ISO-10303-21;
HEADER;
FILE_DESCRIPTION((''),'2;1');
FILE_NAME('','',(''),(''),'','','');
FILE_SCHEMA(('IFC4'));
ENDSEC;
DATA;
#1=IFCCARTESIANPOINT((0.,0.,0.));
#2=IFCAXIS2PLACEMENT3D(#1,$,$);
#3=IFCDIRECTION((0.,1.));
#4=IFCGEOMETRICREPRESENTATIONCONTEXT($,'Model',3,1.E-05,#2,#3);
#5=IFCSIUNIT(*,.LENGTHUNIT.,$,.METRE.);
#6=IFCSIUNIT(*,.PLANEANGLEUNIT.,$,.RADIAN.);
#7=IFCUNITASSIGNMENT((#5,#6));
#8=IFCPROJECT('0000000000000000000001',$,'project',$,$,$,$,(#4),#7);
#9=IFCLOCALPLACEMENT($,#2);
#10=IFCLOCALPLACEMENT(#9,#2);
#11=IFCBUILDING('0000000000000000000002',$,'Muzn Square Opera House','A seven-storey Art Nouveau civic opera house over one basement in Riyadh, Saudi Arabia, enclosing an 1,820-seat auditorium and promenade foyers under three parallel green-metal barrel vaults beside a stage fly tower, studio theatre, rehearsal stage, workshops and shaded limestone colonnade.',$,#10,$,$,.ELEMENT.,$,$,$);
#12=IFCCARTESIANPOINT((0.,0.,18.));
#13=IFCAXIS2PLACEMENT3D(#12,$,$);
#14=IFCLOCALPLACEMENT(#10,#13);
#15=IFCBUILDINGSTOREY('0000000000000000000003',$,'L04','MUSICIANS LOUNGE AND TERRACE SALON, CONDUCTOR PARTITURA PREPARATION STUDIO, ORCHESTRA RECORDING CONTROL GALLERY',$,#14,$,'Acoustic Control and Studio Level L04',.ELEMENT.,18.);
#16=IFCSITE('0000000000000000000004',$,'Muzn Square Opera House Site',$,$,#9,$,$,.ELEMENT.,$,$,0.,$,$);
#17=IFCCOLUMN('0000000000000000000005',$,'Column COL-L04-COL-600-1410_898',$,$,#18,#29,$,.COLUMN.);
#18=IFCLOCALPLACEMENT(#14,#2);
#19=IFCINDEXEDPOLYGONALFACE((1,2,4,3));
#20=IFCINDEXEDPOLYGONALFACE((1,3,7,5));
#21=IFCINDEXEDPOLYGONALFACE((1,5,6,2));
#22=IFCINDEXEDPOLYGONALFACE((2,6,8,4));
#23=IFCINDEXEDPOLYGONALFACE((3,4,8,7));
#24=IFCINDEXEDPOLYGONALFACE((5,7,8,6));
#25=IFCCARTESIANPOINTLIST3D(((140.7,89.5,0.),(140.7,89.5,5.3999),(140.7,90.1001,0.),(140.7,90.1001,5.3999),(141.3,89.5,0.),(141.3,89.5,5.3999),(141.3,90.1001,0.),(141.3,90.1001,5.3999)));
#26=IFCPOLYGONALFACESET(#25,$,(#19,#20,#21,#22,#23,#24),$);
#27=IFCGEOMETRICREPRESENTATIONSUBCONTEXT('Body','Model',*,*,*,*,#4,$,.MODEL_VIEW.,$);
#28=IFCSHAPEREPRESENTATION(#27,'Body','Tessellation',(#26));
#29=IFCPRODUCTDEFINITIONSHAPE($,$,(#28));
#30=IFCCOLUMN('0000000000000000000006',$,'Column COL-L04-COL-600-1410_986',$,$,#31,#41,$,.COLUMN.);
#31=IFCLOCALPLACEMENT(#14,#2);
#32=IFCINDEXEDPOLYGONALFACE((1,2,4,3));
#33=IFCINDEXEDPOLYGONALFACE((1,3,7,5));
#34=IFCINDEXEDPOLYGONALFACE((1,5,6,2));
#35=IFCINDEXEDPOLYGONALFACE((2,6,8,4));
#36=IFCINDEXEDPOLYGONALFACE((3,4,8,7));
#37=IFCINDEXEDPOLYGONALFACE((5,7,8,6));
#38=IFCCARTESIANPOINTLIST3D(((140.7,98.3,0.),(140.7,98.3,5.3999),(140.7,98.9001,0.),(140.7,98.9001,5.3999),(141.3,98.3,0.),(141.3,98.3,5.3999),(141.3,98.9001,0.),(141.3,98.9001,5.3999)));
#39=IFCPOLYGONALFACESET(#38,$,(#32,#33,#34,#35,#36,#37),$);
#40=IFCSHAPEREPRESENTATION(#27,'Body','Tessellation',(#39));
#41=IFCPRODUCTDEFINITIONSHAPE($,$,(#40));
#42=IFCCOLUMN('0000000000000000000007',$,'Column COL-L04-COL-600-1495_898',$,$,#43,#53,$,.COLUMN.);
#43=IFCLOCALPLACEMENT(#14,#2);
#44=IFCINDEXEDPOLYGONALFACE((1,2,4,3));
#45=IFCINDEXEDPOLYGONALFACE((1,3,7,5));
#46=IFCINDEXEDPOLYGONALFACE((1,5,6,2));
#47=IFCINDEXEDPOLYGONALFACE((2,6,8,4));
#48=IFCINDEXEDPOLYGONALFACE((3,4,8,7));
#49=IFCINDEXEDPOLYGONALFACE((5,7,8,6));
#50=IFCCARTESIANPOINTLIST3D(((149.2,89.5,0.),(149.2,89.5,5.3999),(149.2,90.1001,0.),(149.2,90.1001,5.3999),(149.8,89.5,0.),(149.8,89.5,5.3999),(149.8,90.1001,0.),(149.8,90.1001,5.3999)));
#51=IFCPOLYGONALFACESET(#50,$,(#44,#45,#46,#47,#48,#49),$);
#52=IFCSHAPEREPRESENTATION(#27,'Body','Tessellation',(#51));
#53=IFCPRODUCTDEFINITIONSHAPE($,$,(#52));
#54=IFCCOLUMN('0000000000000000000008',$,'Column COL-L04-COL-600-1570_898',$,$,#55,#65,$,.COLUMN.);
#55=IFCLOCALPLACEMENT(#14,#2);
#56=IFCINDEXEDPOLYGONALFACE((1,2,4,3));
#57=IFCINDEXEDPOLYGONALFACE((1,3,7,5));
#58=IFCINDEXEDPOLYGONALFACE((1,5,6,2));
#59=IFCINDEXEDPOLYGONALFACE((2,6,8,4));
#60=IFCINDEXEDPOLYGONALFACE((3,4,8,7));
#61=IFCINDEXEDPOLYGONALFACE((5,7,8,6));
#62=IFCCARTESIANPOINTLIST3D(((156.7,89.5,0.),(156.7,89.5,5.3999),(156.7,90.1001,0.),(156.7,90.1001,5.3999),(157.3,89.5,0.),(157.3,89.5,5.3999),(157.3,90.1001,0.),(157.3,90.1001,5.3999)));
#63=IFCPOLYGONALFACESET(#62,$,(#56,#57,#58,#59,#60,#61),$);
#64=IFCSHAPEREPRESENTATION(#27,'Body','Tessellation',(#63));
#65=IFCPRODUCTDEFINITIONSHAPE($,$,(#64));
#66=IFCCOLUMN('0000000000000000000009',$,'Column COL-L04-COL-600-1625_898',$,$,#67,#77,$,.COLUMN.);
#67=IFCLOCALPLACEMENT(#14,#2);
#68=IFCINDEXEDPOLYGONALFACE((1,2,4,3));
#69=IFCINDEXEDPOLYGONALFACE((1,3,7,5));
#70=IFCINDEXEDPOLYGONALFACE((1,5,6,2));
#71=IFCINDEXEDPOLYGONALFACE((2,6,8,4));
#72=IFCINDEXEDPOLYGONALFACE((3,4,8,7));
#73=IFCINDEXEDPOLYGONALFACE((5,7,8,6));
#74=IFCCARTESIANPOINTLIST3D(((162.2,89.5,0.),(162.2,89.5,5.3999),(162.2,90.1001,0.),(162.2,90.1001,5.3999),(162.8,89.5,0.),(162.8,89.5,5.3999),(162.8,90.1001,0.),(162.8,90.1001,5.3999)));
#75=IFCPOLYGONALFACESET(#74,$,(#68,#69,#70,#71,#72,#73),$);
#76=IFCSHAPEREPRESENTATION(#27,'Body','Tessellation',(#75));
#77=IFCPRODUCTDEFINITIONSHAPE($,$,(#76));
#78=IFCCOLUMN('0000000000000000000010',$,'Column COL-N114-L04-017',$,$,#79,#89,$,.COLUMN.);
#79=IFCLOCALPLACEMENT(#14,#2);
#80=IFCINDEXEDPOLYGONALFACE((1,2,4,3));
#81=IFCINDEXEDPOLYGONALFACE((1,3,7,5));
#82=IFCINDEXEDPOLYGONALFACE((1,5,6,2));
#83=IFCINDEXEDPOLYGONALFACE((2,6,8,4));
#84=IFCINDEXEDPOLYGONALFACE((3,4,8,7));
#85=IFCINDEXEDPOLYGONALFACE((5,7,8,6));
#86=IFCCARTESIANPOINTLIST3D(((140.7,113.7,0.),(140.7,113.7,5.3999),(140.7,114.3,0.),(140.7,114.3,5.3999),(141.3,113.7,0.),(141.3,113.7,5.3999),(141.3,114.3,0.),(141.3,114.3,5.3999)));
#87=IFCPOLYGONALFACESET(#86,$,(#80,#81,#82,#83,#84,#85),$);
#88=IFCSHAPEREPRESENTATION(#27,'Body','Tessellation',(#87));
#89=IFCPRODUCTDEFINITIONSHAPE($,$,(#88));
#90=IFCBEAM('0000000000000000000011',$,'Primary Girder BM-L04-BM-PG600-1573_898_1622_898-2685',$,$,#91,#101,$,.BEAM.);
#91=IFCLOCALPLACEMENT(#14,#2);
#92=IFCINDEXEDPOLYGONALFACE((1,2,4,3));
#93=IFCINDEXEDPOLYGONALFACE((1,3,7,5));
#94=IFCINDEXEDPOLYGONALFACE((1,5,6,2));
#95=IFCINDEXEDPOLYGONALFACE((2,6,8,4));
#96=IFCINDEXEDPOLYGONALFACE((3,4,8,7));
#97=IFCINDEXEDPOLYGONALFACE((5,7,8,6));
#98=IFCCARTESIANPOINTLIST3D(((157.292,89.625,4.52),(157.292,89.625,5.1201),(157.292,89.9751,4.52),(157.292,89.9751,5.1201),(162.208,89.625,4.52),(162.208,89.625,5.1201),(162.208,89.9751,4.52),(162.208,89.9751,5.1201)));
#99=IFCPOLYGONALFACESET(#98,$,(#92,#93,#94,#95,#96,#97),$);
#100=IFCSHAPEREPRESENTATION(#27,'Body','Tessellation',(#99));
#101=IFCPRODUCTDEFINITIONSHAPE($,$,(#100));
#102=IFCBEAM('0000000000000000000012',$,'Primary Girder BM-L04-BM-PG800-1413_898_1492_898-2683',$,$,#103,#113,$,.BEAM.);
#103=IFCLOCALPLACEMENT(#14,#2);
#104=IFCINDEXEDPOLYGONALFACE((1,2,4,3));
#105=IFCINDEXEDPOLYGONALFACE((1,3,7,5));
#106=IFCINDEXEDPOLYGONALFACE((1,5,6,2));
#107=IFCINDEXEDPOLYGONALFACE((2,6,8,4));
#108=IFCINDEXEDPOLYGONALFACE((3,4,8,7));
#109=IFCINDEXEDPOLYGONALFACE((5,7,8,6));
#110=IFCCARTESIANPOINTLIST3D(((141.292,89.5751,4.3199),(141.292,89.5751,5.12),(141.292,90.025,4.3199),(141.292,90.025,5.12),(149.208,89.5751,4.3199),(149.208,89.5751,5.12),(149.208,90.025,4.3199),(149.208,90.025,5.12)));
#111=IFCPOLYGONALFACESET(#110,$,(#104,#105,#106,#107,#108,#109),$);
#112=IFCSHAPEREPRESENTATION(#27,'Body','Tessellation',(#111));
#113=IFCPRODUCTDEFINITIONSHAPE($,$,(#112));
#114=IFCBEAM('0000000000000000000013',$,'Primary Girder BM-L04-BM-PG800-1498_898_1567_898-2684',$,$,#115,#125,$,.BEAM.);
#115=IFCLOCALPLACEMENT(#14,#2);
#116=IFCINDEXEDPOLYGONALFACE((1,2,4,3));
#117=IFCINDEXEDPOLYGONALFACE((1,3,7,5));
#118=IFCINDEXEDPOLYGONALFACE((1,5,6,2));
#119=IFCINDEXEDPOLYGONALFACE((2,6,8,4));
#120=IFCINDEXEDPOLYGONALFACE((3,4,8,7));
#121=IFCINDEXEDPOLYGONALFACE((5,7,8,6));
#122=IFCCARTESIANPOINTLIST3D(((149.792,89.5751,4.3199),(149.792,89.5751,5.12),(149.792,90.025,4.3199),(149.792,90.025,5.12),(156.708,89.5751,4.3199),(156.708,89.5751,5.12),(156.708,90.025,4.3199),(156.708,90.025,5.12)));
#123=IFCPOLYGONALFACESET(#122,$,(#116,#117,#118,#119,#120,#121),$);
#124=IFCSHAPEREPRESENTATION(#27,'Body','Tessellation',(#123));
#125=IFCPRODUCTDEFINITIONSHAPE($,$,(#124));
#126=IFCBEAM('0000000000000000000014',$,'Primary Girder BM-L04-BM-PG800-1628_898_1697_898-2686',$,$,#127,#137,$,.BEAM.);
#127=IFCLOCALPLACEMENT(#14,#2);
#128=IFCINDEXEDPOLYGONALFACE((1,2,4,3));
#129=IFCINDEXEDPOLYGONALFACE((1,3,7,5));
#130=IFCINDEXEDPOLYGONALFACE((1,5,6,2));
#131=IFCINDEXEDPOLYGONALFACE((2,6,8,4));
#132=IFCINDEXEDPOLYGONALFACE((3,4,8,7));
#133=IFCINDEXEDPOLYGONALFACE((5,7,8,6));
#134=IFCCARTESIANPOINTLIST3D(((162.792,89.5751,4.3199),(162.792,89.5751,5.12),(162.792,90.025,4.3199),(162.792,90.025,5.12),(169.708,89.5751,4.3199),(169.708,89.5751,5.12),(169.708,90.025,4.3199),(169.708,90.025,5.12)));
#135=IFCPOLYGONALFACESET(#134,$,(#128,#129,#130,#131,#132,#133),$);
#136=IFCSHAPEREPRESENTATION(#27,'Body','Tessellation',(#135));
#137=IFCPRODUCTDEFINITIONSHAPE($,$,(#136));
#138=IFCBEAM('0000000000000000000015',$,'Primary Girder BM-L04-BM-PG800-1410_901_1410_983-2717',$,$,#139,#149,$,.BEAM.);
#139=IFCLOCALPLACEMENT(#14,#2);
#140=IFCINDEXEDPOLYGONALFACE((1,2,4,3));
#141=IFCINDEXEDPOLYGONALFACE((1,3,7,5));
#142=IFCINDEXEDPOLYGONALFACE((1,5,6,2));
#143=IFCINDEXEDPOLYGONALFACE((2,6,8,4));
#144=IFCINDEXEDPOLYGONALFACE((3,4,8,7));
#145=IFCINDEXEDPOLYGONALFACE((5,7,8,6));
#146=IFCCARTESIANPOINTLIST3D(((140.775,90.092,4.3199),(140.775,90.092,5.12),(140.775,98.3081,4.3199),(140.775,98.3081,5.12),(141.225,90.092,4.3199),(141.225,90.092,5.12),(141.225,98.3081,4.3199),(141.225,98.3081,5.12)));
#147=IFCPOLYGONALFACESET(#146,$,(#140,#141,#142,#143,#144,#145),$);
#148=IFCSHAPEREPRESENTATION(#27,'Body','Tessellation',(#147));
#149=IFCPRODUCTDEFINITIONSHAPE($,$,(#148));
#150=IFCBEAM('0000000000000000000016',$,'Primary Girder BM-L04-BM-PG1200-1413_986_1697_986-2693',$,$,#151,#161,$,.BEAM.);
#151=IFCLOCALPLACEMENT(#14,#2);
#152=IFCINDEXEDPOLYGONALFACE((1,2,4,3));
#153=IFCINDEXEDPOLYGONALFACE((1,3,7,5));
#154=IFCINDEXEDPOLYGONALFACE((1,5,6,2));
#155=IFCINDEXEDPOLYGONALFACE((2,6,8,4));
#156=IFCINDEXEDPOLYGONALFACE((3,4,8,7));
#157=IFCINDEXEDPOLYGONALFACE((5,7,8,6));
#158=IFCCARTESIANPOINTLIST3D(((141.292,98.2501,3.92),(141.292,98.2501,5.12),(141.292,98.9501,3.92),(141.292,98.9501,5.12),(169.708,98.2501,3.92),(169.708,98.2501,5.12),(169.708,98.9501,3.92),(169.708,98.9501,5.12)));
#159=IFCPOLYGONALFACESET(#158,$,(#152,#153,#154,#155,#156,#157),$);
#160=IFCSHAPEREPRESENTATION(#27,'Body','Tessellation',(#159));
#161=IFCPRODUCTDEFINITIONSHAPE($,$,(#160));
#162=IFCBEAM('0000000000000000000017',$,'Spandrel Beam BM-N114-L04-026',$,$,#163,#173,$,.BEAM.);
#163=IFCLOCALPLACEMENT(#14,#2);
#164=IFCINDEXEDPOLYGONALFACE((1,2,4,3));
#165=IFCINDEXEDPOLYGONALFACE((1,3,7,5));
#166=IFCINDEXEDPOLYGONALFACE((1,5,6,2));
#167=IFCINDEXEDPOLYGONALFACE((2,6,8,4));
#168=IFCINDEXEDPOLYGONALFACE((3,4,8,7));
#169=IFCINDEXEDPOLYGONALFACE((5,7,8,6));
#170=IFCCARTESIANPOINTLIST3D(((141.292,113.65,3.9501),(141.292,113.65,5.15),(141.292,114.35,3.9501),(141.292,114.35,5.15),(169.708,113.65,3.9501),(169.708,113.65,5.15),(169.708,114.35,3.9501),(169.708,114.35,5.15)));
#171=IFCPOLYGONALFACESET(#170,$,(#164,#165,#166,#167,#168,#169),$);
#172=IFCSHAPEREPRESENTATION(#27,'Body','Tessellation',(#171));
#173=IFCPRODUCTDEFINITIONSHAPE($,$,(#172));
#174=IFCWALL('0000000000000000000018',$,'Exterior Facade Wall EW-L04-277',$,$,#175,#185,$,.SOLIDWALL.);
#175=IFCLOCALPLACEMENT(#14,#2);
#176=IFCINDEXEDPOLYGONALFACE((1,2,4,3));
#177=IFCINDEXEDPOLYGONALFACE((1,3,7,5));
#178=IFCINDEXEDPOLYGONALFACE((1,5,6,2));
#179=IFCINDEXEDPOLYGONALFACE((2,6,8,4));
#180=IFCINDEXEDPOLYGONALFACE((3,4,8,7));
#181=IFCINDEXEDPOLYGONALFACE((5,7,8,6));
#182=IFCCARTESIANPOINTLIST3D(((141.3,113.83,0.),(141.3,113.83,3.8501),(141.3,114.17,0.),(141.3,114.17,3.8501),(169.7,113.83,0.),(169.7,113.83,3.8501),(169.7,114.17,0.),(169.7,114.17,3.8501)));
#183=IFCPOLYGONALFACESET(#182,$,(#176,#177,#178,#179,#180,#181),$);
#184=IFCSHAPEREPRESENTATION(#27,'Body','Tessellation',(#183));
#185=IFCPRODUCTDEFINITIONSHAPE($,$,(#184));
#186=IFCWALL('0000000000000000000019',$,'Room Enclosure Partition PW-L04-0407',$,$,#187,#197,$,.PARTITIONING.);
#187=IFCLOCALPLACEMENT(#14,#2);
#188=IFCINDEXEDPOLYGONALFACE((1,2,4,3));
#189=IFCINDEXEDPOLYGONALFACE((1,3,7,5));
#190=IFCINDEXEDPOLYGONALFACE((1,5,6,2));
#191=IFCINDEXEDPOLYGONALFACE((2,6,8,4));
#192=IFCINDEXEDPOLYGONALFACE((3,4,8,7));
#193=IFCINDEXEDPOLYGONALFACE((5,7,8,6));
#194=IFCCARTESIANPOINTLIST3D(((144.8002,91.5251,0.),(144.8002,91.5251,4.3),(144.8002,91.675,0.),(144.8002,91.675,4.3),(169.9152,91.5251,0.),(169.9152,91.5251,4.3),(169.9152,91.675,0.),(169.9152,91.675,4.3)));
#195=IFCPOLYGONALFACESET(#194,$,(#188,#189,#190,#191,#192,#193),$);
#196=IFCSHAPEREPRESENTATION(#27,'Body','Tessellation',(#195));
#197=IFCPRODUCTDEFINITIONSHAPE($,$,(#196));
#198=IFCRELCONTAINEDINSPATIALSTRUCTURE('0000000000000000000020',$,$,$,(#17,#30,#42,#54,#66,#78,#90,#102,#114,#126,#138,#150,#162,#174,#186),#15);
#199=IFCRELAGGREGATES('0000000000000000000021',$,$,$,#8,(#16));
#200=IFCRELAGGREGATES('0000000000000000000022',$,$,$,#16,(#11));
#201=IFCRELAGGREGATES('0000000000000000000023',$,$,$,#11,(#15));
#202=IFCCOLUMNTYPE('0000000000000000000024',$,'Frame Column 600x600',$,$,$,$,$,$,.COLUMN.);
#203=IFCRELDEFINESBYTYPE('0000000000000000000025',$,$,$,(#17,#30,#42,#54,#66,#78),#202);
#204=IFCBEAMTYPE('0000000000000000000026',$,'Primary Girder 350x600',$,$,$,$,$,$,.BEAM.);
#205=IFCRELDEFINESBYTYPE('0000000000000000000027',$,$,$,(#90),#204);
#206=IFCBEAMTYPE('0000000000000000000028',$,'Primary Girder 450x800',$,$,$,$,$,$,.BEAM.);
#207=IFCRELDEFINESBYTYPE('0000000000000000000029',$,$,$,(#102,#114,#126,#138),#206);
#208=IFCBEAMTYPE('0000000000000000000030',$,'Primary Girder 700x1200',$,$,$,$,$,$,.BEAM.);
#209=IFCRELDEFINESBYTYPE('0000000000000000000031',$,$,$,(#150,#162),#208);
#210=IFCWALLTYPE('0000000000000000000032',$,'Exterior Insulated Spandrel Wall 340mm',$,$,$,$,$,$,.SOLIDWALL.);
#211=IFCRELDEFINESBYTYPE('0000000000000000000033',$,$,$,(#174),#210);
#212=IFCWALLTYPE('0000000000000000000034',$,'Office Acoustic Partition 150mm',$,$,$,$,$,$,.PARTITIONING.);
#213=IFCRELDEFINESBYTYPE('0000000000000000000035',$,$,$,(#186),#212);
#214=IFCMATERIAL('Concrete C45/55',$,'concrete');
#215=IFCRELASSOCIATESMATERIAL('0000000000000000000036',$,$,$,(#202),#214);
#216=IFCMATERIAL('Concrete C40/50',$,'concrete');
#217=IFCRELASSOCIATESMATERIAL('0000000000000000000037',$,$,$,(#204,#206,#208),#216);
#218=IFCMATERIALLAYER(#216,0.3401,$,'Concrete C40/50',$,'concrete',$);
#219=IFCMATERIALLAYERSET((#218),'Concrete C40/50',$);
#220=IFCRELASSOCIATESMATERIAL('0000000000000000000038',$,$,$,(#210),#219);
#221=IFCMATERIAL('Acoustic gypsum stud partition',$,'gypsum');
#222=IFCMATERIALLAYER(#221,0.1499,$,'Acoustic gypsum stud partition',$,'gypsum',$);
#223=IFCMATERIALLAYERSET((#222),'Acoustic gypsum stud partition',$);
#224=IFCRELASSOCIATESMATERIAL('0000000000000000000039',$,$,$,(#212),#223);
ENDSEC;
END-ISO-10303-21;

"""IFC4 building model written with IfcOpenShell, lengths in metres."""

from ifc_helpers import new_model, si_unit, direction, frame, frame_2d, origin, origin_2d, place, context, subcontext, project, spatial, rectangle, extrude, material, layer, layer_set, material_profile, profile_set, type_object, element, save


model = new_model("IFC4")

# Units and contexts
model_context = context("Model", 3, precision=1e-05, world=origin(), true_north=direction((0.0, 1.0)))
body_context = subcontext(model_context, "Body", "Model", "MODEL_VIEW")
ifc_project = project(units=[si_unit("LENGTHUNIT", "METRE"), si_unit("PLANEANGLEUNIT", "RADIAN")], contexts=[model_context])

# Site, building, storey
site_placement = place(None, origin())
site = spatial("IfcSite", under=ifc_project, at=site_placement, Name="Muzn Square Opera House Site", CompositionType="ELEMENT", RefElevation=0.0)
building_placement = place(site_placement, origin())
building = spatial("IfcBuilding", under=site, at=building_placement, Name="Muzn Square Opera House", Description="A seven-storey Art Nouveau civic opera house over one basement in Riyadh, Saudi Arabia, enclosing an 1,820-seat auditorium and promenade foyers under three parallel green-metal barrel vaults beside a stage fly tower, studio theatre, rehearsal stage, workshops and shaded limestone colonnade.", CompositionType="ELEMENT")
storey_placement = place(building_placement, frame((0.0, 0.0, 18.0)))
storey = spatial("IfcBuildingStorey", under=building, at=storey_placement, Name="L04", Description="MUSICIANS LOUNGE AND TERRACE SALON, CONDUCTOR PARTITURA PREPARATION STUDIO, ORCHESTRA RECORDING CONTROL GALLERY", LongName="Acoustic Control and Studio Level L04", CompositionType="ELEMENT", Elevation=18.0)

# Columns
ifc_material_1 = material(Name="Concrete C45/55", Category="concrete")
ifc_material_profile_1 = material_profile(ifc_material_1, rectangle(XDim=0.6001, YDim=0.6001, at=origin_2d()), Name="RC 600x600", Category="concrete")
ifc_profile_set_1 = profile_set([ifc_material_profile_1], Name="Concrete C45/55")
column_type = type_object("IfcColumnType", Name="Frame Column 600x600", PredefinedType="COLUMN", material=ifc_profile_set_1)
for number, where, z_axis, x_axis, name in (
    (1, (141.0, 89.8, 0.0), (0.0, 0.0, 1.0), (1.0, 0.0, 0.0), "Column COL-L04-COL-600-1410_898"),
    (2, (141.0, 98.6001, 0.0), (0.0, 0.0, 1.0), (1.0, 0.0, 0.0), "Column COL-L04-COL-600-1410_986"),
    (3, (149.5, 89.8, 0.0), (0.0, 0.0, 1.0), (1.0, 0.0, 0.0), "Column COL-L04-COL-600-1495_898"),
    (4, (157.0, 89.8, 0.0), (0.0, 0.0, 1.0), (1.0, 0.0, 0.0), "Column COL-L04-COL-600-1570_898"),
    (5, (162.5, 89.8, 0.0), (0.0, 0.0, 1.0), (1.0, 0.0, 0.0), "Column COL-L04-COL-600-1625_898"),
    (6, (141.0, 114.0, 0.0), (0.0, 0.0, 1.0), (1.0, 0.0, 0.0), "Column COL-N114-L04-017"),
):
    element("IfcColumn", number, at=place(storey_placement, frame(where, z_axis=z_axis, x_axis=x_axis)), inside=storey, type_object=column_type, Name=name, PredefinedType="COLUMN", context=body_context, shape_type="SweptSolid", body=[
        extrude(rectangle(XDim=0.6001, YDim=0.6001, at=origin_2d()), origin(), (0.0, 0.0, 1.0), 5.3999),
    ])

# Beams
ifc_material_2 = material(Name="Concrete C40/50", Category="concrete")
ifc_material_profile_2 = material_profile(ifc_material_2, rectangle(XDim=0.3501, YDim=0.6001, at=origin_2d()), Name="RCB 350x600", Category="concrete")
ifc_profile_set_2 = profile_set([ifc_material_profile_2], Name="Concrete C40/50")
beam_type_1 = type_object("IfcBeamType", Name="Primary Girder 350x600", PredefinedType="BEAM", material=ifc_profile_set_2)
beam_1_placement = place(storey_placement, frame((157.292, 89.8, 4.8201), z_axis=(1.0, 0.0, 0.0), x_axis=(0.0, 1.0, 0.0)))
element("IfcBeam", 7, at=beam_1_placement, inside=storey, type_object=beam_type_1, Name="Primary Girder BM-L04-BM-PG600-1573_898_1622_898-2685", PredefinedType="BEAM", context=body_context, shape_type="SweptSolid", body=[
    extrude(rectangle(XDim=0.3501, YDim=0.6001, at=origin_2d()), origin(), (0.0, 0.0, 1.0), 4.916),
])
ifc_material_profile_3 = material_profile(ifc_material_2, rectangle(XDim=0.45, YDim=0.8, at=origin_2d()), Name="RCB 450x800", Category="concrete")
ifc_profile_set_3 = profile_set([ifc_material_profile_3], Name="Concrete C40/50")
beam_type_2 = type_object("IfcBeamType", Name="Primary Girder 450x800", PredefinedType="BEAM", material=ifc_profile_set_3)
beam_2_placement = place(storey_placement, frame((141.292, 89.8, 4.72), z_axis=(1.0, 0.0, 0.0), x_axis=(0.0, 1.0, 0.0)))
element("IfcBeam", 8, at=beam_2_placement, inside=storey, type_object=beam_type_2, Name="Primary Girder BM-L04-BM-PG800-1413_898_1492_898-2683", PredefinedType="BEAM", context=body_context, shape_type="SweptSolid", body=[
    extrude(rectangle(XDim=0.45, YDim=0.8, at=origin_2d()), origin(), (0.0, 0.0, 1.0), 7.916),
])
for number, where, z_axis, x_axis, name in (
    (9, (149.792, 89.8, 4.72), (1.0, 0.0, 0.0), (0.0, 1.0, 0.0), "Primary Girder BM-L04-BM-PG800-1498_898_1567_898-2684"),
    (10, (162.792, 89.8, 4.72), (1.0, 0.0, 0.0), (0.0, 1.0, 0.0), "Primary Girder BM-L04-BM-PG800-1628_898_1697_898-2686"),
):
    element("IfcBeam", number, at=place(storey_placement, frame(where, z_axis=z_axis, x_axis=x_axis)), inside=storey, type_object=beam_type_2, Name=name, PredefinedType="BEAM", context=body_context, shape_type="SweptSolid", body=[
        extrude(rectangle(XDim=0.45, YDim=0.8, at=origin_2d()), origin(), (0.0, 0.0, 1.0), 6.916),
    ])
beam_3_placement = place(storey_placement, frame((141.0, 90.092, 4.72), z_axis=(0.0, 1.0, 0.0), x_axis=(-1.0, 0.0, 0.0)))
element("IfcBeam", 11, at=beam_3_placement, inside=storey, type_object=beam_type_2, Name="Primary Girder BM-L04-BM-PG800-1410_901_1410_983-2717", PredefinedType="BEAM", context=body_context, shape_type="SweptSolid", body=[
    extrude(rectangle(XDim=0.45, YDim=0.8, at=origin_2d()), origin(), (0.0, 0.0, 1.0), 8.2161),
])
ifc_material_profile_4 = material_profile(ifc_material_2, rectangle(XDim=0.7, YDim=1.2, at=origin_2d()), Name="RCB 700x1200", Category="concrete")
ifc_profile_set_4 = profile_set([ifc_material_profile_4], Name="Concrete C40/50")
beam_type_3 = type_object("IfcBeamType", Name="Primary Girder 700x1200", PredefinedType="BEAM", material=ifc_profile_set_4)
for number, where, z_axis, x_axis, name in (
    (12, (141.292, 98.6001, 4.52), (1.0, 0.0, 0.0), (0.0, 1.0, 0.0), "Primary Girder BM-L04-BM-PG1200-1413_986_1697_986-2693"),
    (13, (141.292, 114.0, 4.55), (1.0, 0.0, 0.0), (0.0, 1.0, 0.0), "Spandrel Beam BM-N114-L04-026"),
):
    element("IfcBeam", number, at=place(storey_placement, frame(where, z_axis=z_axis, x_axis=x_axis)), inside=storey, type_object=beam_type_3, Name=name, PredefinedType="BEAM", context=body_context, shape_type="SweptSolid", body=[
        extrude(rectangle(XDim=0.7, YDim=1.2, at=origin_2d()), origin(), (0.0, 0.0, 1.0), 28.416),
    ])

# Walls
ifc_layer_1 = layer(ifc_material_2, 0.3401, Name="Concrete C40/50", Category="concrete")
ifc_layer_set_1 = layer_set([ifc_layer_1], Name="Concrete C40/50")
wall_type_1 = type_object("IfcWallType", Name="Exterior Insulated Spandrel Wall 340mm", PredefinedType="SOLIDWALL", material=ifc_layer_set_1)
wall_1_placement = place(storey_placement, frame((141.3, 114.0, 0.0), z_axis=(0.0, 0.0, 1.0), x_axis=(1.0, 0.0, 0.0)))
element("IfcWall", 14, at=wall_1_placement, inside=storey, type_object=wall_type_1, Name="Exterior Facade Wall EW-L04-277", PredefinedType="SOLIDWALL", context=body_context, shape_type="SweptSolid", body=[
    extrude(rectangle(XDim=28.3999, YDim=0.3401, at=frame_2d((14.2, 0.0))), origin(), (0.0, 0.0, 1.0), 3.8501),
])
ifc_material_3 = material(Name="Acoustic gypsum stud partition", Category="gypsum")
ifc_layer_2 = layer(ifc_material_3, 0.1499, Name="Acoustic gypsum stud partition", Category="gypsum")
ifc_layer_set_2 = layer_set([ifc_layer_2], Name="Acoustic gypsum stud partition")
wall_type_2 = type_object("IfcWallType", Name="Office Acoustic Partition 150mm", PredefinedType="PARTITIONING", material=ifc_layer_set_2)
wall_2_placement = place(storey_placement, frame((144.8, 91.6001, 0.0), z_axis=(0.0, 0.0, 1.0), x_axis=(1.0, 0.0, 0.0)))
element("IfcWall", 15, at=wall_2_placement, inside=storey, type_object=wall_type_2, Name="Room Enclosure Partition PW-L04-0407", PredefinedType="PARTITIONING", context=body_context, shape_type="SweptSolid", body=[
    extrude(rectangle(XDim=25.115, YDim=0.1499, at=frame_2d((12.5576, 0.0))), origin(), (0.0, 0.0, 1.0), 4.3),
])

save(model, "model.ifc")
